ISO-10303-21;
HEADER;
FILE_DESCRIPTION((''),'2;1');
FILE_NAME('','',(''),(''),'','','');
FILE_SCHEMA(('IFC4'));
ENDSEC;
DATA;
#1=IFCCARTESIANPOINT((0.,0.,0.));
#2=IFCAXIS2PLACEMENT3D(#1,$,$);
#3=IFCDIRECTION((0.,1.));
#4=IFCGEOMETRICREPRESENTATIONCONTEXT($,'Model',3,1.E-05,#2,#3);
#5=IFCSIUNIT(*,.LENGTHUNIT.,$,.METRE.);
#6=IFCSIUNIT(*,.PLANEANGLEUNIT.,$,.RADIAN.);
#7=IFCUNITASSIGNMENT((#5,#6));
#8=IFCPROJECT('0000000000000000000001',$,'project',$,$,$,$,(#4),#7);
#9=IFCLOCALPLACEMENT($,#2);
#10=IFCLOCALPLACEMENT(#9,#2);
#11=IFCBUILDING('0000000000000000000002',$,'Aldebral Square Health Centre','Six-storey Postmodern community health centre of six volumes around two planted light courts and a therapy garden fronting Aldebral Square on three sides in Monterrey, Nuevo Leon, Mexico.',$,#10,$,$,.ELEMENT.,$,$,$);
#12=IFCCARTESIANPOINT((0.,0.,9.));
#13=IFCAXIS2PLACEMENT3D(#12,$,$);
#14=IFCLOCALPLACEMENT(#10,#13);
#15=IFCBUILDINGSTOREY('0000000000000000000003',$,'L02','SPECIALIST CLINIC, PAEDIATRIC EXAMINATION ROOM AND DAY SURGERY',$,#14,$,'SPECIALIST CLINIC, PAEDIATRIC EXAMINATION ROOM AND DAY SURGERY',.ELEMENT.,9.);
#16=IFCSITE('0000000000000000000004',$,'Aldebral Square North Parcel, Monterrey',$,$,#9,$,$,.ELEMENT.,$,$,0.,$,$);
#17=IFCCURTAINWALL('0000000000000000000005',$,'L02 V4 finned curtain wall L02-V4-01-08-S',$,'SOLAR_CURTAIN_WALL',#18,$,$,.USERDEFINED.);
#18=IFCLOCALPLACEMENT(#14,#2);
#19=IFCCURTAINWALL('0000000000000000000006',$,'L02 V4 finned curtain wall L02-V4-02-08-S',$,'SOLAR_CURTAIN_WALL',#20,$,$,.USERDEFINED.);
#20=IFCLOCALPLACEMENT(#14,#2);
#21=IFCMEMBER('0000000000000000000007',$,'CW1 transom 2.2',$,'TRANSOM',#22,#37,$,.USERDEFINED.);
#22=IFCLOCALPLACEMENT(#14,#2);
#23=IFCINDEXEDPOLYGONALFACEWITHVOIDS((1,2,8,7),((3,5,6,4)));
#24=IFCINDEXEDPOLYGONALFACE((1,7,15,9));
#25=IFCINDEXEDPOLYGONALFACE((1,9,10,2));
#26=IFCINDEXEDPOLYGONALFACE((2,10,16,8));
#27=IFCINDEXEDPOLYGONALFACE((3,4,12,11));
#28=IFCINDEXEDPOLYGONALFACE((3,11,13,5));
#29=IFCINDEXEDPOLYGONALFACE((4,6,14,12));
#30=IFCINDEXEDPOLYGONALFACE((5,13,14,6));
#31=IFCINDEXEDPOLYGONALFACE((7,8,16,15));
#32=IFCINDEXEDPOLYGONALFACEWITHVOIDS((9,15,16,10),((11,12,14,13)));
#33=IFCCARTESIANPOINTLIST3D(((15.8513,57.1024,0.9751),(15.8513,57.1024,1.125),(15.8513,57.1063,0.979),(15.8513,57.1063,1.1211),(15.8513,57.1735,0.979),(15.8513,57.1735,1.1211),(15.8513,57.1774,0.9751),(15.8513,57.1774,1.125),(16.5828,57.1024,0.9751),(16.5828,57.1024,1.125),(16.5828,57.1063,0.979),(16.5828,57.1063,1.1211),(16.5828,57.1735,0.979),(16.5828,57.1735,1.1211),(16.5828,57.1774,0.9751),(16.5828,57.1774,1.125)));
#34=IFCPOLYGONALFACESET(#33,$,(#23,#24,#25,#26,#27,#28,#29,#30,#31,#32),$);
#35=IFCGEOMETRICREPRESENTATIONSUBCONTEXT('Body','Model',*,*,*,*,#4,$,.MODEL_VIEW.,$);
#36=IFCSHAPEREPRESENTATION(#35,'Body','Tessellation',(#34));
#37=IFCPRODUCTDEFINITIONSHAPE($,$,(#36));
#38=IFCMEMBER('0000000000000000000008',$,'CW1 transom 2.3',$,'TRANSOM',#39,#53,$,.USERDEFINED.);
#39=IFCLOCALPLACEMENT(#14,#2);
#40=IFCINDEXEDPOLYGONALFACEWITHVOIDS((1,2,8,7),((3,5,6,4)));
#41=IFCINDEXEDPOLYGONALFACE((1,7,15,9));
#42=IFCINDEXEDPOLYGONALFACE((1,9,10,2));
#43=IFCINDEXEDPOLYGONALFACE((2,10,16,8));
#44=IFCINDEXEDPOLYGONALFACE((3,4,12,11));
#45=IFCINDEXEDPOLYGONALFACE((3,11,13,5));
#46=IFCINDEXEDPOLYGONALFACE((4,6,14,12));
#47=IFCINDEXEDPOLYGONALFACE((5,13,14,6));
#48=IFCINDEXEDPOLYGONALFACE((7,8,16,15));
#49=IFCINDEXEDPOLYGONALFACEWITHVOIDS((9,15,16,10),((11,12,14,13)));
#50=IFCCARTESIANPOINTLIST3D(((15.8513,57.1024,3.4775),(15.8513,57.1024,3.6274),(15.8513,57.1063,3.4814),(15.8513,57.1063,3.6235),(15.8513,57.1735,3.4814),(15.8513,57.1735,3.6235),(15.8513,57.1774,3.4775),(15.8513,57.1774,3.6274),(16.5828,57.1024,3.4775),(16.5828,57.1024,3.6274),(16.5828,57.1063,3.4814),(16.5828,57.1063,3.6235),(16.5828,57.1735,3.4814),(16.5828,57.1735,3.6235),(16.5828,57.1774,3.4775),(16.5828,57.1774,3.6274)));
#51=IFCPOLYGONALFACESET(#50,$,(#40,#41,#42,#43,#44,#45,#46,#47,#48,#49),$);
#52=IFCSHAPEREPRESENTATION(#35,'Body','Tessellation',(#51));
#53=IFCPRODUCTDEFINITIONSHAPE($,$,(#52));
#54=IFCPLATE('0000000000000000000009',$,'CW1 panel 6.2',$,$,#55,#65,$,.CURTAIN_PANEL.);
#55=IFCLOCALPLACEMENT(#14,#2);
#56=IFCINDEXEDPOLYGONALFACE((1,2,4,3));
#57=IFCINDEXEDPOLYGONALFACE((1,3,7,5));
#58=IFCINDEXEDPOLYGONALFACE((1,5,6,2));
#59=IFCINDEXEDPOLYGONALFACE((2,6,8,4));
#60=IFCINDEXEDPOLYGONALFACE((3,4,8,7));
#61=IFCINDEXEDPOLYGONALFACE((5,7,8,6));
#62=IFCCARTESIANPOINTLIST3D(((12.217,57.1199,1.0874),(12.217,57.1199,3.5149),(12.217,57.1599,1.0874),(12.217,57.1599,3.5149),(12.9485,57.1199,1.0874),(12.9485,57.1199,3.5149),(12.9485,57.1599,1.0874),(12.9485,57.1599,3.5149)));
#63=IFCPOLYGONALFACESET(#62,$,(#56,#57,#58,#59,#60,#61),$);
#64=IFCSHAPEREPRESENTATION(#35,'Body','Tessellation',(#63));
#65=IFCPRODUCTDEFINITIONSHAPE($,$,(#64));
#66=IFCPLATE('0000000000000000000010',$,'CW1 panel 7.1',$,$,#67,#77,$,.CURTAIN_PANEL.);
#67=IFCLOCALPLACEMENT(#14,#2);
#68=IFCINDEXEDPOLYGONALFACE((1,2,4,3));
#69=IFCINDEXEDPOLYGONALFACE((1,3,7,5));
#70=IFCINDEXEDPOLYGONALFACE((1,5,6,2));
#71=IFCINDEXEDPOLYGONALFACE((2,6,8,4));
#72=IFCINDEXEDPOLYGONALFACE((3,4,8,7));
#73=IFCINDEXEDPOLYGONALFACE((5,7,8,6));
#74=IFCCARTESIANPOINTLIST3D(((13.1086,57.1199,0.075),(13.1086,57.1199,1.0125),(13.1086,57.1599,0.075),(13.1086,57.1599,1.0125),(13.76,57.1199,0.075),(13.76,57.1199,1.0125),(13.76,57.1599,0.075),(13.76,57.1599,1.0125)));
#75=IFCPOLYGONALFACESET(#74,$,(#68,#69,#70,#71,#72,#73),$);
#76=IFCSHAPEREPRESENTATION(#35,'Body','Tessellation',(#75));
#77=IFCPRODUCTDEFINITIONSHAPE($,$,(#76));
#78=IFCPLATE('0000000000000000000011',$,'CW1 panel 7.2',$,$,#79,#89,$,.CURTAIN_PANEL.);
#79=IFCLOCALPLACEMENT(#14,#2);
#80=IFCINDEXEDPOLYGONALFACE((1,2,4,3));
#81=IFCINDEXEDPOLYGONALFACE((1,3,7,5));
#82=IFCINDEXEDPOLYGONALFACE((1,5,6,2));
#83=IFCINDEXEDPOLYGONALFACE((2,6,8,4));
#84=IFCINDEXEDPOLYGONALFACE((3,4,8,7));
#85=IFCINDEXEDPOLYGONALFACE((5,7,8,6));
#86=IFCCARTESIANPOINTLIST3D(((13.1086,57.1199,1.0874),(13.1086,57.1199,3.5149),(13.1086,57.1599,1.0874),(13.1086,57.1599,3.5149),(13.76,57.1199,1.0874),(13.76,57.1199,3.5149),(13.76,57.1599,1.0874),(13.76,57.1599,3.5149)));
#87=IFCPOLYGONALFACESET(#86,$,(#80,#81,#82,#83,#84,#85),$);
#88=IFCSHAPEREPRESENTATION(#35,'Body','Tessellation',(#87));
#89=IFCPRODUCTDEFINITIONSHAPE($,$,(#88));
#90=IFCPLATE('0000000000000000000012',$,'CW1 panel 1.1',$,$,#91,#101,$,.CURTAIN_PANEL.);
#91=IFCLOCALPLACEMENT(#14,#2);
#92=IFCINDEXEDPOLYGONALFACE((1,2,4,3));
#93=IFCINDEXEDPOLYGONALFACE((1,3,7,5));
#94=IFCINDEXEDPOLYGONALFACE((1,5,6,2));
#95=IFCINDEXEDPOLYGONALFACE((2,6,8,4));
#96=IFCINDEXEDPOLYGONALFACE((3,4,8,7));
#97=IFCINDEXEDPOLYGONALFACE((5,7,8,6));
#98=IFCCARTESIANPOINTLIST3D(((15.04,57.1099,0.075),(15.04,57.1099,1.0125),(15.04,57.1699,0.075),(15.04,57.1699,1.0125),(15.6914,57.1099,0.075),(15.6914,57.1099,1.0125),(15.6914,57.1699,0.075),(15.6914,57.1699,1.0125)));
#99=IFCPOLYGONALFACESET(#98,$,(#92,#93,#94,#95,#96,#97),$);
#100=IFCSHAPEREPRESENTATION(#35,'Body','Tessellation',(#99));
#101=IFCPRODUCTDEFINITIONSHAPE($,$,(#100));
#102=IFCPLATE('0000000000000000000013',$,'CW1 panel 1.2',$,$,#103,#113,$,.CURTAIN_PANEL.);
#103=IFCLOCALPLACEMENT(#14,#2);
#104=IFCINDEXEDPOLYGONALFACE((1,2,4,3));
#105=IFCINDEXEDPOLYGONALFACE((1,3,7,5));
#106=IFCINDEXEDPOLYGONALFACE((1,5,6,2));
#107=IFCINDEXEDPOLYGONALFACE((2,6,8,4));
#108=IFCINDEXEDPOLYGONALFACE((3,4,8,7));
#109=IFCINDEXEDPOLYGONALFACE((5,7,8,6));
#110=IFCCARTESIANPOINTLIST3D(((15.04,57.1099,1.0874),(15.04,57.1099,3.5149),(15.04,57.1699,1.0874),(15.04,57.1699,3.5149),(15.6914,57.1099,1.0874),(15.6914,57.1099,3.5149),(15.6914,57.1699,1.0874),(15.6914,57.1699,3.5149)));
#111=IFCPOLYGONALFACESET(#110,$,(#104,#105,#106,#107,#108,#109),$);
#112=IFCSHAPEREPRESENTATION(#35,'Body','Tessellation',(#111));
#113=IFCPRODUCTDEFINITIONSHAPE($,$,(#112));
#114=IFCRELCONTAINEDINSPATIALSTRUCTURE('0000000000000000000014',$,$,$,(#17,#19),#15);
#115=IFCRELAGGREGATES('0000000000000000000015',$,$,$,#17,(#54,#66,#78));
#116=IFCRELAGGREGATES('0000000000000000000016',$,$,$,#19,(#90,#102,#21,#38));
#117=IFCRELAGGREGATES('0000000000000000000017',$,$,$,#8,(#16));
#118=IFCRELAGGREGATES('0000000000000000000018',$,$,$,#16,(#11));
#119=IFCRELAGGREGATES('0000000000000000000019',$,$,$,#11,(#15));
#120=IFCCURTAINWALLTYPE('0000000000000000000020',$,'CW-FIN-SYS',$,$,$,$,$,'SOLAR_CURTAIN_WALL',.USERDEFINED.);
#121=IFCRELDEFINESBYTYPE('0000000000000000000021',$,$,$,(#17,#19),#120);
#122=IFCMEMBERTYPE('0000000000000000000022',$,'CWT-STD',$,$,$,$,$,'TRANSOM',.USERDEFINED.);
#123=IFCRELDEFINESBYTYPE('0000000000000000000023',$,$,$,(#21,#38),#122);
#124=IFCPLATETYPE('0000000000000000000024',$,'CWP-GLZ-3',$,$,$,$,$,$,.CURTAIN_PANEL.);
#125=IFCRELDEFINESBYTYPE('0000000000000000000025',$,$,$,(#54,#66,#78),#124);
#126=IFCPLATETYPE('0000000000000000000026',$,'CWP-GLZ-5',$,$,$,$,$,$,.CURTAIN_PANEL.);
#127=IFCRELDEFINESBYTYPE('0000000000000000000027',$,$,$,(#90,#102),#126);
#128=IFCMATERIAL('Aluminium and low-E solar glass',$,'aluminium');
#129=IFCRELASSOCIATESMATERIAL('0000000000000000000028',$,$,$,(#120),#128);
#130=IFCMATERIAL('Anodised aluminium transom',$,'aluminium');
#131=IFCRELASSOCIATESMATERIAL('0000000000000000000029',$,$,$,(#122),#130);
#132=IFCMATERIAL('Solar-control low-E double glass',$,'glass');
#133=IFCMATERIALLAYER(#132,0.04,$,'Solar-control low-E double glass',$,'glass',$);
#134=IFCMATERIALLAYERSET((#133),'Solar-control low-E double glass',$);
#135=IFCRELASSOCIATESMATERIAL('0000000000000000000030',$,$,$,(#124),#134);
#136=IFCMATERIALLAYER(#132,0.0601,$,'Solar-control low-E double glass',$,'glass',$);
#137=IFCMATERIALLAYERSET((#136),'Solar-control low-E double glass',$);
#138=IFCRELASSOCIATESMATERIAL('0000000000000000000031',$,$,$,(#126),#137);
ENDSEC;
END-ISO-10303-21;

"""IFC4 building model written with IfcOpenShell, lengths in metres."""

from ifc_helpers import new_model, si_unit, direction, frame, origin, origin_2d, place, context, subcontext, project, spatial, rectangle, hollow_rectangle, extrude, material, layer, layer_set, material_profile, profile_set, type_object, element, aggregate, save


model = new_model("IFC4")

# Units and contexts
model_context = context("Model", 3, precision=1e-05, world=origin(), true_north=direction((0.0, 1.0)))
body_context = subcontext(model_context, "Body", "Model", "MODEL_VIEW")
ifc_project = project(units=[si_unit("LENGTHUNIT", "METRE"), si_unit("PLANEANGLEUNIT", "RADIAN")], contexts=[model_context])

# Site, building, storey
site_placement = place(None, origin())
site = spatial("IfcSite", under=ifc_project, at=site_placement, Name="Aldebral Square North Parcel, Monterrey", CompositionType="ELEMENT", RefElevation=0.0)
building_placement = place(site_placement, origin())
building = spatial("IfcBuilding", under=site, at=building_placement, Name="Aldebral Square Health Centre", Description="Six-storey Postmodern community health centre of six volumes around two planted light courts and a therapy garden fronting Aldebral Square on three sides in Monterrey, Nuevo Leon, Mexico.", CompositionType="ELEMENT")
storey_placement = place(building_placement, frame((0.0, 0.0, 9.0)))
storey = spatial("IfcBuildingStorey", under=building, at=storey_placement, Name="L02", Description="SPECIALIST CLINIC, PAEDIATRIC EXAMINATION ROOM AND DAY SURGERY", LongName="SPECIALIST CLINIC, PAEDIATRIC EXAMINATION ROOM AND DAY SURGERY", CompositionType="ELEMENT", Elevation=9.0)

# Curtain walls
ifc_material_1 = material(Name="Aluminium and low-E solar glass", Category="aluminium")
curtain_wall_type = type_object("IfcCurtainWallType", Name="CW-FIN-SYS", ElementType="SOLAR_CURTAIN_WALL", PredefinedType="USERDEFINED", material=ifc_material_1)
curtain_wall_1_placement = place(storey_placement, origin())
curtain_wall_1 = element("IfcCurtainWall", 1, at=curtain_wall_1_placement, inside=storey, type_object=curtain_wall_type, Name="L02 V4 finned curtain wall L02-V4-01-08-S", ObjectType="SOLAR_CURTAIN_WALL", PredefinedType="USERDEFINED")
curtain_wall_2_placement = place(storey_placement, origin())
curtain_wall_2 = element("IfcCurtainWall", 2, at=curtain_wall_2_placement, inside=storey, type_object=curtain_wall_type, Name="L02 V4 finned curtain wall L02-V4-02-08-S", ObjectType="SOLAR_CURTAIN_WALL", PredefinedType="USERDEFINED")

# Members
ifc_material_2 = material(Name="Anodised aluminium transom", Category="aluminium")
ifc_material_profile_1 = material_profile(ifc_material_2, hollow_rectangle(XDim=0.075, YDim=0.1499, WallThickness=0.0039, at=origin_2d()), Name="CWT 75x150x4")
ifc_profile_set_1 = profile_set([ifc_material_profile_1], Name="Anodised aluminium transom")
member_type_1 = type_object("IfcMemberType", Name="CWT-STD", ElementType="TRANSOM", PredefinedType="USERDEFINED", material=ifc_profile_set_1)
member_1_placement = place(storey_placement, frame((15.8513, 57.1399, 1.05), z_axis=(1.0, 0.0, 0.0), x_axis=(0.0, 1.0, 0.0)))
member_1 = element("IfcMember", 3, at=member_1_placement, type_object=member_type_1, Name="CW1 transom 2.2", ObjectType="TRANSOM", PredefinedType="USERDEFINED", context=body_context, shape_type="SweptSolid", body=[
    extrude(hollow_rectangle(XDim=0.075, YDim=0.1499, WallThickness=0.0039, at=origin_2d()), origin(), (0.0, 0.0, 1.0), 0.7314),
])
member_2_placement = place(storey_placement, frame((15.8513, 57.1399, 3.5525), z_axis=(1.0, 0.0, 0.0), x_axis=(0.0, 1.0, 0.0)))
member_2 = element("IfcMember", 4, at=member_2_placement, type_object=member_type_1, Name="CW1 transom 2.3", ObjectType="TRANSOM", PredefinedType="USERDEFINED", context=body_context, shape_type="SweptSolid", body=[
    extrude(hollow_rectangle(XDim=0.075, YDim=0.1499, WallThickness=0.0039, at=origin_2d()), origin(), (0.0, 0.0, 1.0), 0.7314),
])

# Plates
ifc_material_3 = material(Name="Solar-control low-E double glass", Category="glass")
ifc_layer_1 = layer(ifc_material_3, 0.04, Name="Solar-control low-E double glass", Category="glass")
ifc_layer_set_1 = layer_set([ifc_layer_1], Name="Solar-control low-E double glass")
plate_type_1 = type_object("IfcPlateType", Name="CWP-GLZ-3", PredefinedType="CURTAIN_PANEL", material=ifc_layer_set_1)
plate_1_placement = place(storey_placement, frame((12.5828, 57.1399, 1.0874), z_axis=(0.0, 0.0, 1.0), x_axis=(1.0, 0.0, 0.0)))
plate_1 = element("IfcPlate", 5, at=plate_1_placement, type_object=plate_type_1, Name="CW1 panel 6.2", PredefinedType="CURTAIN_PANEL", context=body_context, shape_type="SweptSolid", body=[
    extrude(rectangle(XDim=0.7314, YDim=0.04, at=origin_2d()), origin(), (0.0, 0.0, 1.0), 2.4275),
])
plate_2_placement = place(storey_placement, frame((13.4343, 57.1399, 0.075), z_axis=(0.0, 0.0, 1.0), x_axis=(1.0, 0.0, 0.0)))
plate_2 = element("IfcPlate", 6, at=plate_2_placement, type_object=plate_type_1, Name="CW1 panel 7.1", PredefinedType="CURTAIN_PANEL", context=body_context, shape_type="SweptSolid", body=[
    extrude(rectangle(XDim=0.6514, YDim=0.04, at=origin_2d()), origin(), (0.0, 0.0, 1.0), 0.9375),
])
plate_3_placement = place(storey_placement, frame((13.4343, 57.1399, 1.0874), z_axis=(0.0, 0.0, 1.0), x_axis=(1.0, 0.0, 0.0)))
plate_3 = element("IfcPlate", 7, at=plate_3_placement, type_object=plate_type_1, Name="CW1 panel 7.2", PredefinedType="CURTAIN_PANEL", context=body_context, shape_type="SweptSolid", body=[
    extrude(rectangle(XDim=0.6514, YDim=0.04, at=origin_2d()), origin(), (0.0, 0.0, 1.0), 2.4275),
])
aggregate(curtain_wall_1, [plate_1, plate_2, plate_3])
ifc_layer_2 = layer(ifc_material_3, 0.0601, Name="Solar-control low-E double glass", Category="glass")
ifc_layer_set_2 = layer_set([ifc_layer_2], Name="Solar-control low-E double glass")
plate_type_2 = type_object("IfcPlateType", Name="CWP-GLZ-5", PredefinedType="CURTAIN_PANEL", material=ifc_layer_set_2)
plate_4_placement = place(storey_placement, frame((15.3657, 57.1399, 0.075), z_axis=(0.0, 0.0, 1.0), x_axis=(1.0, 0.0, 0.0)))
plate_4 = element("IfcPlate", 8, at=plate_4_placement, type_object=plate_type_2, Name="CW1 panel 1.1", PredefinedType="CURTAIN_PANEL", context=body_context, shape_type="SweptSolid", body=[
    extrude(rectangle(XDim=0.6514, YDim=0.0601, at=origin_2d()), origin(), (0.0, 0.0, 1.0), 0.9375),
])
plate_5_placement = place(storey_placement, frame((15.3657, 57.1399, 1.0874), z_axis=(0.0, 0.0, 1.0), x_axis=(1.0, 0.0, 0.0)))
plate_5 = element("IfcPlate", 9, at=plate_5_placement, type_object=plate_type_2, Name="CW1 panel 1.2", PredefinedType="CURTAIN_PANEL", context=body_context, shape_type="SweptSolid", body=[
    extrude(rectangle(XDim=0.6514, YDim=0.0601, at=origin_2d()), origin(), (0.0, 0.0, 1.0), 2.4275),
])
aggregate(curtain_wall_2, [plate_4, plate_5, member_1, member_2])

save(model, "model.ifc")
